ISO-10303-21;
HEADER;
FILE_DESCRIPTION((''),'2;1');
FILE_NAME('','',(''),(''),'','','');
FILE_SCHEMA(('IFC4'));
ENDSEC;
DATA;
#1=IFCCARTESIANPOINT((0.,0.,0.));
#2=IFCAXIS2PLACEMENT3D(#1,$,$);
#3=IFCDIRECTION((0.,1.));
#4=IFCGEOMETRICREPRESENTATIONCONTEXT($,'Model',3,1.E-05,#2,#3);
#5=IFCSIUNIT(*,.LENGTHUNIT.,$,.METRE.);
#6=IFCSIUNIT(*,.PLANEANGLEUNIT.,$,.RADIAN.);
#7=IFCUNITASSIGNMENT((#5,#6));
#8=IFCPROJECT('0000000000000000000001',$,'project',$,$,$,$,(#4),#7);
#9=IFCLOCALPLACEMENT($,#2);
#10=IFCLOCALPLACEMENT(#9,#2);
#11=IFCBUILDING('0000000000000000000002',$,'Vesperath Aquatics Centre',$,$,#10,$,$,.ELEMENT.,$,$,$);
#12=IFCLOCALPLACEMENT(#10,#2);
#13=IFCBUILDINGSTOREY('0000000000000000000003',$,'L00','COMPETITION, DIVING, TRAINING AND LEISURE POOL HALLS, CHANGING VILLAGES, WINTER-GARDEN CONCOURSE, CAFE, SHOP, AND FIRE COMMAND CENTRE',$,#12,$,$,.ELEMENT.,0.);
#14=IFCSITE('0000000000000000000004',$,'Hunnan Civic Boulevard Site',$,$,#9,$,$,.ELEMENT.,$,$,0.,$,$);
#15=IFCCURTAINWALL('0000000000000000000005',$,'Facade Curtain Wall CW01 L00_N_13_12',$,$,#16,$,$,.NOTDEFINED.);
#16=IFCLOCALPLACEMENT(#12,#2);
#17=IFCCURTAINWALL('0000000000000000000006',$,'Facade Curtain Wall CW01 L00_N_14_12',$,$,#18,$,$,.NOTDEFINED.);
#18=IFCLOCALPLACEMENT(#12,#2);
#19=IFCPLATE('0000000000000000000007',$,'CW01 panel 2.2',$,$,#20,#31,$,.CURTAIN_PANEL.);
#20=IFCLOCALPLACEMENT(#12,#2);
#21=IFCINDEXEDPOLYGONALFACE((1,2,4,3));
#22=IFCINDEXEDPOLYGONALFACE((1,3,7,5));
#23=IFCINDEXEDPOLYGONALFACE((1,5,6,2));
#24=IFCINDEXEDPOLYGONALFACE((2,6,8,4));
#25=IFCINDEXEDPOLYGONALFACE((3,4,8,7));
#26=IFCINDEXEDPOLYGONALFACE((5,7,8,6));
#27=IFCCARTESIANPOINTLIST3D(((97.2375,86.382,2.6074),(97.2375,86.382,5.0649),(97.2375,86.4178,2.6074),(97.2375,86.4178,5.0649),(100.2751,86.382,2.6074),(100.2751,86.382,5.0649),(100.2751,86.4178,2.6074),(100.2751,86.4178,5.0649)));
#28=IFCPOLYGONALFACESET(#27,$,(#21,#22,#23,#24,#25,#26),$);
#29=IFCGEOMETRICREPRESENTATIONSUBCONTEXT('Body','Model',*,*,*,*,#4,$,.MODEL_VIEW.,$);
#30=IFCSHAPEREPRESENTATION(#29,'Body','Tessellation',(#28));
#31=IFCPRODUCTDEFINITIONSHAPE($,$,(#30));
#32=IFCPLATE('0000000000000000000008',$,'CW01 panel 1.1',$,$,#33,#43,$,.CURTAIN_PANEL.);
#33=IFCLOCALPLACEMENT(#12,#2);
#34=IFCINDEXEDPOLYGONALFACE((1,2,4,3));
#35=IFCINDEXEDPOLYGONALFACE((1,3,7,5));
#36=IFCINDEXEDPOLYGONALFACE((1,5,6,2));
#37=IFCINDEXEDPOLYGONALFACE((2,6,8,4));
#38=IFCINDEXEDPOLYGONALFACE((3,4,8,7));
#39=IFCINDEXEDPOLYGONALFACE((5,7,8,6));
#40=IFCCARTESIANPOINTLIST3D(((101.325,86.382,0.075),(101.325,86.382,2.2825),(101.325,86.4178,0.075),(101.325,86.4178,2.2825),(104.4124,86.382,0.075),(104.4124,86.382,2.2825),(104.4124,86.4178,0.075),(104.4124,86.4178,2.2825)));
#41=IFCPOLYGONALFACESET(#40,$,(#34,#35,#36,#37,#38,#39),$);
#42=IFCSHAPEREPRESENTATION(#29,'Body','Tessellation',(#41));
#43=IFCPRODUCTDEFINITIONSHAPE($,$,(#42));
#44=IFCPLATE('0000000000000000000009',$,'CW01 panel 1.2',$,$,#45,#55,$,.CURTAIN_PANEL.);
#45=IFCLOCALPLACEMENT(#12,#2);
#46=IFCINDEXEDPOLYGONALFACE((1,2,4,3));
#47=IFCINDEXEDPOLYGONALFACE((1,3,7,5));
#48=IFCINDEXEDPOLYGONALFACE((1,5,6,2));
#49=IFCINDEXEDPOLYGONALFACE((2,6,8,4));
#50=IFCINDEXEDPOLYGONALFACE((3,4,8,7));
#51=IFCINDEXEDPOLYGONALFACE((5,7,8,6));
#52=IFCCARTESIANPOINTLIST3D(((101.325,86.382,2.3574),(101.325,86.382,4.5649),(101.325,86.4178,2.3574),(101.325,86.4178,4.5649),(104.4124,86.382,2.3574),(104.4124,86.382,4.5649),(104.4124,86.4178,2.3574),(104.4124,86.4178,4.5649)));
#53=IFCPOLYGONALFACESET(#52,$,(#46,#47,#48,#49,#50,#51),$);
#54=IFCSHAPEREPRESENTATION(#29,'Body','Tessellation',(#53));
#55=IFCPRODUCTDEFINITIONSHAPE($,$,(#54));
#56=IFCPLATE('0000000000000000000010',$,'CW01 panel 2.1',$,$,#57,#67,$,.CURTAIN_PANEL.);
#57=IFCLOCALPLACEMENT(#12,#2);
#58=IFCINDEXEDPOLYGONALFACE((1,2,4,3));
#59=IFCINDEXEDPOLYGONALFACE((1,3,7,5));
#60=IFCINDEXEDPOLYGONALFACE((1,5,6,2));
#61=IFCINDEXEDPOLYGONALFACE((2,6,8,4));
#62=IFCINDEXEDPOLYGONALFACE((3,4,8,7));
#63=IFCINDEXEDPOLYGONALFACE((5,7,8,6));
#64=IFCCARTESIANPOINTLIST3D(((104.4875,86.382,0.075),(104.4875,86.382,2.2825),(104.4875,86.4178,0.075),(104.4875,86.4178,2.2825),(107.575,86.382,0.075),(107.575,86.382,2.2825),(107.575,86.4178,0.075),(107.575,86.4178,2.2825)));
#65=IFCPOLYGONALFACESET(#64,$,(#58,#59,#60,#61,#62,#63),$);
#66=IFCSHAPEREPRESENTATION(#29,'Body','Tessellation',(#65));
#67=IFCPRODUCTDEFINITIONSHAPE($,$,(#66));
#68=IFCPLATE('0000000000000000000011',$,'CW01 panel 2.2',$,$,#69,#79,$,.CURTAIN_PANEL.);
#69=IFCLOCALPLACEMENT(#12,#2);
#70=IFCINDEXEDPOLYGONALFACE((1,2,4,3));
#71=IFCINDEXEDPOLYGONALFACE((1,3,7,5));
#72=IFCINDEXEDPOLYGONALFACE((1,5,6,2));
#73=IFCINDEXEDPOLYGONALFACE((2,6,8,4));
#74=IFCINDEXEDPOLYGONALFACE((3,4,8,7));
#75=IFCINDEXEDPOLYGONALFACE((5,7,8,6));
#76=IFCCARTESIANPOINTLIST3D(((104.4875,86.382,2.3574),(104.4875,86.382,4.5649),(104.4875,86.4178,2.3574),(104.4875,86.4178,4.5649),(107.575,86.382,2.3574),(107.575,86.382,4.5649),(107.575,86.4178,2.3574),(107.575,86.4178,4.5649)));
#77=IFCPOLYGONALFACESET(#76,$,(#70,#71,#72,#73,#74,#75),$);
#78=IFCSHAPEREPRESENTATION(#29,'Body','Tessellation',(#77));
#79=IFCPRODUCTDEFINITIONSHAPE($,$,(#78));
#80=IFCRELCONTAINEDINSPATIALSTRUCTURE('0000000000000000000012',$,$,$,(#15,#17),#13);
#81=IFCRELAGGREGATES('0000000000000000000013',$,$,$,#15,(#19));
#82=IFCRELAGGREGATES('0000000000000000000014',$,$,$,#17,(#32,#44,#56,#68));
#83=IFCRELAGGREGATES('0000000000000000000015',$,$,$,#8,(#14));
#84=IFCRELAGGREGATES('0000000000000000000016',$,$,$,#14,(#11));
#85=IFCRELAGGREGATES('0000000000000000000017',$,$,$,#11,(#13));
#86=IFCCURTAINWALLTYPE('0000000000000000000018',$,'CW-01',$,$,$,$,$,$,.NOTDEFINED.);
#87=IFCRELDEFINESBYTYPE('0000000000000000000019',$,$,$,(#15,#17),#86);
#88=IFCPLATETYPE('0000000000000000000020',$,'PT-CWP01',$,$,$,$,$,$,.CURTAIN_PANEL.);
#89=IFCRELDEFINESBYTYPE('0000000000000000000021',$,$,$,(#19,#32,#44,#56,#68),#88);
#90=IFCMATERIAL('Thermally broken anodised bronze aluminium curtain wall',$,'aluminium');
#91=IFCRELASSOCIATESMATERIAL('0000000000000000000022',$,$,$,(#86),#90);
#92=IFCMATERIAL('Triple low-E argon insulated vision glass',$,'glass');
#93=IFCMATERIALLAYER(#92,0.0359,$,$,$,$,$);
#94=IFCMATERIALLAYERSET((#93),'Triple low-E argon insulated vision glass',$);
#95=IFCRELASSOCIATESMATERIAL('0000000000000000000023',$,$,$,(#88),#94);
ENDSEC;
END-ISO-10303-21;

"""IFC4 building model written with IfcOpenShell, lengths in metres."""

from ifc_helpers import new_model, si_unit, direction, frame, origin, origin_2d, place, context, subcontext, project, spatial, rectangle, extrude, material, layer, layer_set, type_object, element, aggregate, save


model = new_model("IFC4")

# Units and contexts
model_context = context("Model", 3, precision=1e-05, world=origin(), true_north=direction((0.0, 1.0)))
body_context = subcontext(model_context, "Body", "Model", "MODEL_VIEW")
ifc_project = project(units=[si_unit("LENGTHUNIT", "METRE"), si_unit("PLANEANGLEUNIT", "RADIAN")], contexts=[model_context])

# Site, building, storey
site_placement = place(None, origin())
site = spatial("IfcSite", under=ifc_project, at=site_placement, Name="Hunnan Civic Boulevard Site", CompositionType="ELEMENT", RefElevation=0.0)
building_placement = place(site_placement, origin())
building = spatial("IfcBuilding", under=site, at=building_placement, Name="Vesperath Aquatics Centre", CompositionType="ELEMENT")
storey_placement = place(building_placement, origin())
storey = spatial("IfcBuildingStorey", under=building, at=storey_placement, Name="L00", Description="COMPETITION, DIVING, TRAINING AND LEISURE POOL HALLS, CHANGING VILLAGES, WINTER-GARDEN CONCOURSE, CAFE, SHOP, AND FIRE COMMAND CENTRE", CompositionType="ELEMENT", Elevation=0.0)

# Curtain wall
ifc_material_1 = material(Name="Thermally broken anodised bronze aluminium curtain wall", Category="aluminium")
curtain_wall_type = type_object("IfcCurtainWallType", Name="CW-01", PredefinedType="NOTDEFINED", material=ifc_material_1)
curtain_wall_1_placement = place(storey_placement, origin())
curtain_wall_1 = element("IfcCurtainWall", 1, at=curtain_wall_1_placement, inside=storey, type_object=curtain_wall_type, Name="Facade Curtain Wall CW01 L00_N_13_12", PredefinedType="NOTDEFINED")

# Curtain wall
curtain_wall_2_placement = place(storey_placement, origin())
curtain_wall_2 = element("IfcCurtainWall", 2, at=curtain_wall_2_placement, inside=storey, type_object=curtain_wall_type, Name="Facade Curtain Wall CW01 L00_N_14_12", PredefinedType="NOTDEFINED")

# Plates
ifc_material_2 = material(Name="Triple low-E argon insulated vision glass", Category="glass")
ifc_layer = layer(ifc_material_2, 0.0359)
ifc_layer_set = layer_set([ifc_layer], Name="Triple low-E argon insulated vision glass")
plate_type = type_object("IfcPlateType", Name="PT-CWP01", PredefinedType="CURTAIN_PANEL", material=ifc_layer_set)
plate_1_placement = place(storey_placement, frame((98.7563, 86.3999, 2.6074), z_axis=(0.0, 0.0, 1.0), x_axis=(1.0, 0.0, 0.0)))
plate_1 = element("IfcPlate", 3, at=plate_1_placement, type_object=plate_type, Name="CW01 panel 2.2", PredefinedType="CURTAIN_PANEL", context=body_context, shape_type="SweptSolid", body=[
    extrude(rectangle(XDim=3.0376, YDim=0.0359, at=origin_2d()), origin(), (0.0, 0.0, 1.0), 2.4575),
])
aggregate(curtain_wall_1, [plate_1])
plate_2_placement = place(storey_placement, frame((102.8687, 86.3999, 0.075), z_axis=(0.0, 0.0, 1.0), x_axis=(1.0, 0.0, 0.0)))
plate_2 = element("IfcPlate", 4, at=plate_2_placement, type_object=plate_type, Name="CW01 panel 1.1", PredefinedType="CURTAIN_PANEL", context=body_context, shape_type="SweptSolid", body=[
    extrude(rectangle(XDim=3.0874, YDim=0.0359, at=origin_2d()), origin(), (0.0, 0.0, 1.0), 2.2075),
])
plate_3_placement = place(storey_placement, frame((102.8687, 86.3999, 2.3574), z_axis=(0.0, 0.0, 1.0), x_axis=(1.0, 0.0, 0.0)))
plate_3 = element("IfcPlate", 5, at=plate_3_placement, type_object=plate_type, Name="CW01 panel 1.2", PredefinedType="CURTAIN_PANEL", context=body_context, shape_type="SweptSolid", body=[
    extrude(rectangle(XDim=3.0874, YDim=0.0359, at=origin_2d()), origin(), (0.0, 0.0, 1.0), 2.2075),
])
plate_4_placement = place(storey_placement, frame((106.0312, 86.3999, 0.075), z_axis=(0.0, 0.0, 1.0), x_axis=(1.0, 0.0, 0.0)))
plate_4 = element("IfcPlate", 6, at=plate_4_placement, type_object=plate_type, Name="CW01 panel 2.1", PredefinedType="CURTAIN_PANEL", context=body_context, shape_type="SweptSolid", body=[
    extrude(rectangle(XDim=3.0874, YDim=0.0359, at=origin_2d()), origin(), (0.0, 0.0, 1.0), 2.2075),
])
plate_5_placement = place(storey_placement, frame((106.0312, 86.3999, 2.3574), z_axis=(0.0, 0.0, 1.0), x_axis=(1.0, 0.0, 0.0)))
plate_5 = element("IfcPlate", 7, at=plate_5_placement, type_object=plate_type, Name="CW01 panel 2.2", PredefinedType="CURTAIN_PANEL", context=body_context, shape_type="SweptSolid", body=[
    extrude(rectangle(XDim=3.0874, YDim=0.0359, at=origin_2d()), origin(), (0.0, 0.0, 1.0), 2.2075),
])
aggregate(curtain_wall_2, [plate_2, plate_3, plate_4, plate_5])

save(model, "model.ifc")
